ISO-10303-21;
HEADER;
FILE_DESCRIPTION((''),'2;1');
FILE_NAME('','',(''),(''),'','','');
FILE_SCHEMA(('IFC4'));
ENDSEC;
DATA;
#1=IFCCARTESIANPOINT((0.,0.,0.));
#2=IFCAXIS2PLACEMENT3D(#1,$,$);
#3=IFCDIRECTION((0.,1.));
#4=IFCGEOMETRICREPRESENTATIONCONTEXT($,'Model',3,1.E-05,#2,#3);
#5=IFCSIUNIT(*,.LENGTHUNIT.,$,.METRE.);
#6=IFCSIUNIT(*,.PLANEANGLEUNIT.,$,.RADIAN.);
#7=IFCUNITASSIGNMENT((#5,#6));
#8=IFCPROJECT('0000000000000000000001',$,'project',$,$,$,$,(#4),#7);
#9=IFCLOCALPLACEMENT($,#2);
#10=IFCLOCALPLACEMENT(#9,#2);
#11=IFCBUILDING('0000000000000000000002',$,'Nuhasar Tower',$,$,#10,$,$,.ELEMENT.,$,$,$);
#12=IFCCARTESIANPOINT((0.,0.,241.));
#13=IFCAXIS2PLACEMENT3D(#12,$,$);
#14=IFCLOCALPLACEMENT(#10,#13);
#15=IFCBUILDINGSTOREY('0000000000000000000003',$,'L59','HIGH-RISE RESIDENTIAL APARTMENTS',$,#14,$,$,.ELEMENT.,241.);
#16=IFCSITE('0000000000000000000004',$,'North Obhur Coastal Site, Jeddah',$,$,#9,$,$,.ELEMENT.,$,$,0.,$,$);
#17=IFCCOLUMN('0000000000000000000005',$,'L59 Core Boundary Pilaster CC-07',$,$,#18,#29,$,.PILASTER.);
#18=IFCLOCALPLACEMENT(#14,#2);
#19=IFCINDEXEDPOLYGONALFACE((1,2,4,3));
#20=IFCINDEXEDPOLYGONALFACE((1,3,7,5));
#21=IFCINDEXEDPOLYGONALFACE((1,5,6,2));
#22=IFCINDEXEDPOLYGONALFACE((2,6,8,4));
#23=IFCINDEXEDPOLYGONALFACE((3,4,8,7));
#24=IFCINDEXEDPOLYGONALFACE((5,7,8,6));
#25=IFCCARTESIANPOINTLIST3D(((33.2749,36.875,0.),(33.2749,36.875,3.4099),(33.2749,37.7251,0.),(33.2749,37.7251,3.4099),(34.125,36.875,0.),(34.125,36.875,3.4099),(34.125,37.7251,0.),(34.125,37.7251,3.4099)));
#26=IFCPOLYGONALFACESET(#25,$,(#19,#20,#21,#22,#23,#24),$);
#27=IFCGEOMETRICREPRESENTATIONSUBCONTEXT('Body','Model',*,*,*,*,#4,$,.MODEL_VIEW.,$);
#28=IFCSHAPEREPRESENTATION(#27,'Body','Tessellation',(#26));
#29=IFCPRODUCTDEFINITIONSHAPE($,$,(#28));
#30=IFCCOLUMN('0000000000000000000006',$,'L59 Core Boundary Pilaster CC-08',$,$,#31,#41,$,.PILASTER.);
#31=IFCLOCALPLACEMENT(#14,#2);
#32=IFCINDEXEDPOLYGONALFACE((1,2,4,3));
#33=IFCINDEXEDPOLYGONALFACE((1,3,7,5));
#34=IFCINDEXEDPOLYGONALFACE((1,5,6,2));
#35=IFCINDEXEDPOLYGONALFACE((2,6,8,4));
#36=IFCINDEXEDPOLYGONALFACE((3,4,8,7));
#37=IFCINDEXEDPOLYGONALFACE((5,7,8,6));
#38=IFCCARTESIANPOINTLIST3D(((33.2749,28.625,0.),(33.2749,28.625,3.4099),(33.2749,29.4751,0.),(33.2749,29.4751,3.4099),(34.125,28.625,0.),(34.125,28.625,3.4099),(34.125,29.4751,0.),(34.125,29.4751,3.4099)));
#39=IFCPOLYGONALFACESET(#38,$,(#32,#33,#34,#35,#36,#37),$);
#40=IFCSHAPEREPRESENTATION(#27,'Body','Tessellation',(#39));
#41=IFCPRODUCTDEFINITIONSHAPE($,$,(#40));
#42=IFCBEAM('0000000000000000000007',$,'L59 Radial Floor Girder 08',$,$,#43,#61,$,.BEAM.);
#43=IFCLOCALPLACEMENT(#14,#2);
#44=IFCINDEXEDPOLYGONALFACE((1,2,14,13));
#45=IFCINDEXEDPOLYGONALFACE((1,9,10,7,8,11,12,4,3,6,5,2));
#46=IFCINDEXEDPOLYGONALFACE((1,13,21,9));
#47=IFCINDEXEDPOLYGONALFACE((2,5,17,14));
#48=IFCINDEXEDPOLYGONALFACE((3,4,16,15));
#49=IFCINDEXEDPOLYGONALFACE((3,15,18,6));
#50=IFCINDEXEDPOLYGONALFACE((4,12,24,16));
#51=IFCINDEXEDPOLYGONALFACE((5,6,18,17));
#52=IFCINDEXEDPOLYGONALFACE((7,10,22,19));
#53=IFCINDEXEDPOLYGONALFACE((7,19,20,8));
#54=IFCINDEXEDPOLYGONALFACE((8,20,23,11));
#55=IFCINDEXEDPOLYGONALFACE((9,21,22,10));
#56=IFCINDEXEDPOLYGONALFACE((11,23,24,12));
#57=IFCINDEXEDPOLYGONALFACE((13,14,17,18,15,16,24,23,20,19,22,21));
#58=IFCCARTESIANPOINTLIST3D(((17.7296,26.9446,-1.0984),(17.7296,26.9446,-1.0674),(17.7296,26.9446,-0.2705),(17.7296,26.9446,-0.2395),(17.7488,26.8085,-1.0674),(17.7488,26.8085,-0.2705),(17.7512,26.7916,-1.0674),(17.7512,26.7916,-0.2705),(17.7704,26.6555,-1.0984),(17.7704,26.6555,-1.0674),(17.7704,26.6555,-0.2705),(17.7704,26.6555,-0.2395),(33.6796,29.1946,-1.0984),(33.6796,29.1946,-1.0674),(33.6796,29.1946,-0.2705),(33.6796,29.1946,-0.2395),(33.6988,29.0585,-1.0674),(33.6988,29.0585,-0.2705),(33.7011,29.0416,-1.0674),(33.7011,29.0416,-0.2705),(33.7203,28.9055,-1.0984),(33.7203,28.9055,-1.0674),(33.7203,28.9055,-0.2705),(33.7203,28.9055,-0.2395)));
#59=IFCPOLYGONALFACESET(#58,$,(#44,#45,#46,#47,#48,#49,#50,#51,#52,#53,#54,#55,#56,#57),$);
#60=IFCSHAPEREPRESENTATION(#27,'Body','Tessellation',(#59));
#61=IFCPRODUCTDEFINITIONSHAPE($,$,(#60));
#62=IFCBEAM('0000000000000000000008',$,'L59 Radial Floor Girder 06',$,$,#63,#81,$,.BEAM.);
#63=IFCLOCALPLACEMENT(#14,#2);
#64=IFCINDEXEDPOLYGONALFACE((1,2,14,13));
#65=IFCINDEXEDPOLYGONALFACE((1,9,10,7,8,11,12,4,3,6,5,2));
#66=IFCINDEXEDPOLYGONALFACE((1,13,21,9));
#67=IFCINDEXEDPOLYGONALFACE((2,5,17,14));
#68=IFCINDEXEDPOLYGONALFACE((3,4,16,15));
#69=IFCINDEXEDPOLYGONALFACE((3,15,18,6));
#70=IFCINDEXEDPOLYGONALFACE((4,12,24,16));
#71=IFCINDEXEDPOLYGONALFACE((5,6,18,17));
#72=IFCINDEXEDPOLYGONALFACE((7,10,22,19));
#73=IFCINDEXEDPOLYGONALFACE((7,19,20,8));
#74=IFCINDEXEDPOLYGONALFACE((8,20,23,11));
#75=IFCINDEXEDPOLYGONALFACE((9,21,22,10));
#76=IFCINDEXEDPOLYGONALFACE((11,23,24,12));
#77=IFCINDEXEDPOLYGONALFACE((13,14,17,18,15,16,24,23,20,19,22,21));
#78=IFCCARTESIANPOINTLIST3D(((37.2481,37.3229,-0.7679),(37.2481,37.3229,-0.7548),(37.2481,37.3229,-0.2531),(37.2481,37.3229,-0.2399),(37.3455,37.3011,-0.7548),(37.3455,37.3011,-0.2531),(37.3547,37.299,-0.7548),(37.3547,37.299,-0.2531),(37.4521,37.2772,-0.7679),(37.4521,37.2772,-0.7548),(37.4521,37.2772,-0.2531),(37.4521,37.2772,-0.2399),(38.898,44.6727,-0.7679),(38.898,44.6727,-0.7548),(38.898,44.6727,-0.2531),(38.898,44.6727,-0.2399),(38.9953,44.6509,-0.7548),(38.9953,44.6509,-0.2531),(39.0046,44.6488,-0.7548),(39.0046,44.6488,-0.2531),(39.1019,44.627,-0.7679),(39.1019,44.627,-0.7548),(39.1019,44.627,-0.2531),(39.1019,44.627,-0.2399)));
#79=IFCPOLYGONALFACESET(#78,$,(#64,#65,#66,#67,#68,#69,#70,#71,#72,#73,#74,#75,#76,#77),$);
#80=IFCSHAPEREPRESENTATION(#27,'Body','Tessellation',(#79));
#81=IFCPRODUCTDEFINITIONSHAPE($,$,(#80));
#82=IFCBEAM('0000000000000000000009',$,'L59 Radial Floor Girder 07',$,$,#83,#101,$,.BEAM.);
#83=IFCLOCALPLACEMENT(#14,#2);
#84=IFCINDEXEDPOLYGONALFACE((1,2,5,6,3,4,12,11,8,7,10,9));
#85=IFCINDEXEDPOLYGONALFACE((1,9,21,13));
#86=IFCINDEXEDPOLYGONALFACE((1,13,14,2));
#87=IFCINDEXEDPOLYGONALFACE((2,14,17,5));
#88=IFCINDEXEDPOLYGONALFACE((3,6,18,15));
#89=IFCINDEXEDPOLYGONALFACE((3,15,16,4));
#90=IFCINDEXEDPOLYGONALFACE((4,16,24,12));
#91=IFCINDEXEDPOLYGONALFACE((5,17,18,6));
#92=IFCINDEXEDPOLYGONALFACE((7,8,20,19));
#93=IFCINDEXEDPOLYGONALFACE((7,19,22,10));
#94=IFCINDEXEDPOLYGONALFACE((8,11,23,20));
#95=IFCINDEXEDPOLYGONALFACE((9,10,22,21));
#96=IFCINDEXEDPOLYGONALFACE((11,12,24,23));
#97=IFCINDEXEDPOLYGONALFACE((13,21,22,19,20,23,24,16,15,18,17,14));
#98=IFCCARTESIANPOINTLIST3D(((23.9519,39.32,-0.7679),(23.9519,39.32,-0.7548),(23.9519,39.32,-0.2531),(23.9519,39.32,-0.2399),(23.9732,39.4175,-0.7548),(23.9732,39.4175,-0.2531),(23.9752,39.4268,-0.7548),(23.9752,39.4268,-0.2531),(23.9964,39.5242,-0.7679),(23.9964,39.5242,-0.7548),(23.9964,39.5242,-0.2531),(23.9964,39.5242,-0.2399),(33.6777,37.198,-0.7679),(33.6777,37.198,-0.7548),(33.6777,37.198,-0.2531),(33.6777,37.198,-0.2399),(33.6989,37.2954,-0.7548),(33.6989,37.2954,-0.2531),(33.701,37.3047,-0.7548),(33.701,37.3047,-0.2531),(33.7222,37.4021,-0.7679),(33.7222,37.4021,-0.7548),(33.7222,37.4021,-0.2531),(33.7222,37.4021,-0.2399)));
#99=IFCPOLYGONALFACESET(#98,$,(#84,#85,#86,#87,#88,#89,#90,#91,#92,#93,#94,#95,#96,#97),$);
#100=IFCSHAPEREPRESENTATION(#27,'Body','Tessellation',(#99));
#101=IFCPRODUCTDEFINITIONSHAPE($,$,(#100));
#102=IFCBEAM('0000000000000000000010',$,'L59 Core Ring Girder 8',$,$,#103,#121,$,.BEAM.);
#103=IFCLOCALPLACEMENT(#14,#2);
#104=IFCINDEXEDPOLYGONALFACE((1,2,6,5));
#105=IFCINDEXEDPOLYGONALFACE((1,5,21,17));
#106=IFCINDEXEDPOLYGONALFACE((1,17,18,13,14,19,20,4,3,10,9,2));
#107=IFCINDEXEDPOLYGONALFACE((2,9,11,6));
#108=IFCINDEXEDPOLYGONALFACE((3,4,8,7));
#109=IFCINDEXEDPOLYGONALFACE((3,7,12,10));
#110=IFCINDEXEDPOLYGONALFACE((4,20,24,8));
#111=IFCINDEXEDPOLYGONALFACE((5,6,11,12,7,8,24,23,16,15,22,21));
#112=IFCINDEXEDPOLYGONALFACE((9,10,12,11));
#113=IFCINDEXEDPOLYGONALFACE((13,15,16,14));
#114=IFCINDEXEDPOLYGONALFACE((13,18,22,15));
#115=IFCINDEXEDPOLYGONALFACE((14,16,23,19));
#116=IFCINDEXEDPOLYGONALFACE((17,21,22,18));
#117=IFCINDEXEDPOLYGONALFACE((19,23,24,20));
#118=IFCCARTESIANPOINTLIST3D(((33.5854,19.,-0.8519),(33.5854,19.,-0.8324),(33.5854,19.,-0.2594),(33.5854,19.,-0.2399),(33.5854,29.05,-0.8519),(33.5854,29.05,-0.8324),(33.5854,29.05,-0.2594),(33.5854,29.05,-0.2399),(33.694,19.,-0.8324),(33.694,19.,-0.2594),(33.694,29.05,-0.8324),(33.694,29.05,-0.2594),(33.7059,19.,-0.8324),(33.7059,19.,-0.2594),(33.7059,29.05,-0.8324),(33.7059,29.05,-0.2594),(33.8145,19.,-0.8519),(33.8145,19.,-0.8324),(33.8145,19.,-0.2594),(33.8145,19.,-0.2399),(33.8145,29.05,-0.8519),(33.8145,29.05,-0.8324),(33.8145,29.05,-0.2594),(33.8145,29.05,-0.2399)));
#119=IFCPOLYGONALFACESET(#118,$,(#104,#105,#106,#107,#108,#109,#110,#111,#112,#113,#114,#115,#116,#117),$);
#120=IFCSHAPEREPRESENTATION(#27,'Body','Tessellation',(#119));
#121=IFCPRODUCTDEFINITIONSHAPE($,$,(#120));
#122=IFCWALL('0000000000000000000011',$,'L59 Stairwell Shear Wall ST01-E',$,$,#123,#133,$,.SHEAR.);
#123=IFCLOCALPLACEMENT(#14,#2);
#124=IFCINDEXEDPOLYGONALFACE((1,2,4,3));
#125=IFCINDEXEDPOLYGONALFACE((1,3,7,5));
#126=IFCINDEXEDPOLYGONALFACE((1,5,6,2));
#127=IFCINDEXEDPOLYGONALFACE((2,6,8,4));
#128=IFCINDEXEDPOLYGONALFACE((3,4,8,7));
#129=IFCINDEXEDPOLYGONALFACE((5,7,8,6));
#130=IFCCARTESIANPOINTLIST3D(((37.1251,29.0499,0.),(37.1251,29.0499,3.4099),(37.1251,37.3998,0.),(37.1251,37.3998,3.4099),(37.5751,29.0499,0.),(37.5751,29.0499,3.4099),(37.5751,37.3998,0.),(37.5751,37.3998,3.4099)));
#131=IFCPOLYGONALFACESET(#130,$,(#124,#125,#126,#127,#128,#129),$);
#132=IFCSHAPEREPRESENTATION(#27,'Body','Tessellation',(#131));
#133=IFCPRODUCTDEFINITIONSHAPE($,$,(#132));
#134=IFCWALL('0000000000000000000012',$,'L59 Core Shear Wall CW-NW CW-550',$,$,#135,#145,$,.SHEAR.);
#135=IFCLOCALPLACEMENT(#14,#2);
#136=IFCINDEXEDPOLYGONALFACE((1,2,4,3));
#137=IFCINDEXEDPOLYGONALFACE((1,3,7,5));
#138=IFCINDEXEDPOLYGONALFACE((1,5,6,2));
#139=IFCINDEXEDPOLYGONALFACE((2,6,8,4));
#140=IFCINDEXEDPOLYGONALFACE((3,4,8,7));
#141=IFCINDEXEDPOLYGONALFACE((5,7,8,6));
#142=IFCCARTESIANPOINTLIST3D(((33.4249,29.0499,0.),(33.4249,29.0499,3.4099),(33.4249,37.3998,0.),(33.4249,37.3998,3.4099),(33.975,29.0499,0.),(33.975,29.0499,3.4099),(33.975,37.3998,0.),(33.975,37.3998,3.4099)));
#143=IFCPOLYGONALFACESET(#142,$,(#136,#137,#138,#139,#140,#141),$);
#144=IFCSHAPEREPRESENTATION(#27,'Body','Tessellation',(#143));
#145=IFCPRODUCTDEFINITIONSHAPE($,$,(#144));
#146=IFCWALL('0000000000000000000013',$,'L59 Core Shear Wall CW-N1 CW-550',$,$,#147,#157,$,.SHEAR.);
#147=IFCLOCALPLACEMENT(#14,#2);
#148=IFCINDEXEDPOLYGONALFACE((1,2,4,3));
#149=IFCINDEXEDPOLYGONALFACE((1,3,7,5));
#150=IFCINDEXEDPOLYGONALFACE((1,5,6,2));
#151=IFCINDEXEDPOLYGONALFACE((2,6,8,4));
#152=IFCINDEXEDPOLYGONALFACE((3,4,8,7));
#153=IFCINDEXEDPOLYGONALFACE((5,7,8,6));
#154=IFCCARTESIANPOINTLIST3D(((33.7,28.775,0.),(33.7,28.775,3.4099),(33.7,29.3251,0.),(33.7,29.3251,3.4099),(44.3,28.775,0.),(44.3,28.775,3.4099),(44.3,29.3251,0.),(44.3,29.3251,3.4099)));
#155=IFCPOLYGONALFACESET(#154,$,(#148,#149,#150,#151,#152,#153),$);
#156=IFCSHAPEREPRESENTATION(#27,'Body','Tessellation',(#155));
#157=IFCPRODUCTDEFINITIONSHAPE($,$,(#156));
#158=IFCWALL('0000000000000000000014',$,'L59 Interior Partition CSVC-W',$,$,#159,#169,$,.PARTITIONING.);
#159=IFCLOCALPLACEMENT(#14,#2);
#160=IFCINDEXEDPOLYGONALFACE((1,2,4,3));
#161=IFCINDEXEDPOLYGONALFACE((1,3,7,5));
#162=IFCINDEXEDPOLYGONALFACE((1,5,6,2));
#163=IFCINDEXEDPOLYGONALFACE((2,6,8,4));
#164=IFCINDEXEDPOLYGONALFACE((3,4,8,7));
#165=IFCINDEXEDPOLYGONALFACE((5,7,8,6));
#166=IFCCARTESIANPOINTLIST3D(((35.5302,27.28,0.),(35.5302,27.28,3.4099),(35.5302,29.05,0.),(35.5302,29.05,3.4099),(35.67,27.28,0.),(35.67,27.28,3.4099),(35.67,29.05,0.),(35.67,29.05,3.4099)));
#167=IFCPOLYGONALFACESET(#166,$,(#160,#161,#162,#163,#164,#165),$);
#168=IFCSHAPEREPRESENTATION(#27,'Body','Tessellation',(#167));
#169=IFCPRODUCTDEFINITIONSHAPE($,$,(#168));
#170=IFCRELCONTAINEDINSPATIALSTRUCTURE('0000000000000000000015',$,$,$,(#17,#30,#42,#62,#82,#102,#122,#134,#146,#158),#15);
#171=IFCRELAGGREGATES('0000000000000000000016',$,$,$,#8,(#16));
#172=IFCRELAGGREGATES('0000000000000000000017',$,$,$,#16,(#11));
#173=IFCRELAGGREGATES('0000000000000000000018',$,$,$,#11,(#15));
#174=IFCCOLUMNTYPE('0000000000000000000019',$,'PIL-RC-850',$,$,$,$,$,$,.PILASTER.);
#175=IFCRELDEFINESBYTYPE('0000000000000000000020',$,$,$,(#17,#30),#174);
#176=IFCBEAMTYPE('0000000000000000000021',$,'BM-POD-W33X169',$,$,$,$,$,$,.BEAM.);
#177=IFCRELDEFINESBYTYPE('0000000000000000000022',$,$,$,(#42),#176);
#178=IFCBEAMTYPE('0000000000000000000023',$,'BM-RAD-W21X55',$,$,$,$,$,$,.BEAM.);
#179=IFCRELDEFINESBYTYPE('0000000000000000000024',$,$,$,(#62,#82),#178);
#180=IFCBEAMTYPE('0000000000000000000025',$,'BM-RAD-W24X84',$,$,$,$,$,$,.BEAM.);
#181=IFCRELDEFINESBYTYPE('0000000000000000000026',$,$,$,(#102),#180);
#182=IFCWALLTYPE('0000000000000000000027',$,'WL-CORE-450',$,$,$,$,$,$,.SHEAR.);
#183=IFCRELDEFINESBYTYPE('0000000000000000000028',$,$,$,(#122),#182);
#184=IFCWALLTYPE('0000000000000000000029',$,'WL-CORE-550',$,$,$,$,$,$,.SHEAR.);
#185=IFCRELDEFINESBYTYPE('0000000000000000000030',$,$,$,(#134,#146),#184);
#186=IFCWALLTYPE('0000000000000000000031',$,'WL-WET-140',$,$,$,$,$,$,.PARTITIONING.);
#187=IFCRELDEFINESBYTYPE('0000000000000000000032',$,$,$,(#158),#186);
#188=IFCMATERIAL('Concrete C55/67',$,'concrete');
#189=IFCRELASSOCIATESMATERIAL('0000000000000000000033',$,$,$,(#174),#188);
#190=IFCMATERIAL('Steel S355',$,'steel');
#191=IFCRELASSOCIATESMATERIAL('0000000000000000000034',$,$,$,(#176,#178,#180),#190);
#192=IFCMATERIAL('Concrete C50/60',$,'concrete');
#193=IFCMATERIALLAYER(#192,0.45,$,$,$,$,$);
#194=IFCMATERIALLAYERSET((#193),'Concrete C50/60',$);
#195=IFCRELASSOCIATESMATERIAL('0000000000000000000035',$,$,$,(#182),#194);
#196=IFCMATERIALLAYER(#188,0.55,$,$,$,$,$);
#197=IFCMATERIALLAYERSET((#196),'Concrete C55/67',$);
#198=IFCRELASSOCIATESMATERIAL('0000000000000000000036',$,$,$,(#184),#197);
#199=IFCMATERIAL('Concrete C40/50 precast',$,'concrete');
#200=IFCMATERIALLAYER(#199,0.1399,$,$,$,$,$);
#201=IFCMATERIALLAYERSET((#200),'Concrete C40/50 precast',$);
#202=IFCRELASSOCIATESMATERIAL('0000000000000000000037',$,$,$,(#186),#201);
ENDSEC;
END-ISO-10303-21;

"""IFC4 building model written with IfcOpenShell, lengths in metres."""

from ifc_helpers import new_model, si_unit, direction, frame, frame_2d, origin, origin_2d, place, context, subcontext, project, spatial, rectangle, i_section, extrude, material, layer, layer_set, material_profile, profile_set, type_object, element, save


model = new_model("IFC4")

# Units and contexts
model_context = context("Model", 3, precision=1e-05, world=origin(), true_north=direction((0.0, 1.0)))
body_context = subcontext(model_context, "Body", "Model", "MODEL_VIEW")
ifc_project = project(units=[si_unit("LENGTHUNIT", "METRE"), si_unit("PLANEANGLEUNIT", "RADIAN")], contexts=[model_context])

# Site, building, storey
site_placement = place(None, origin())
site = spatial("IfcSite", under=ifc_project, at=site_placement, Name="North Obhur Coastal Site, Jeddah", CompositionType="ELEMENT", RefElevation=0.0)
building_placement = place(site_placement, origin())
building = spatial("IfcBuilding", under=site, at=building_placement, Name="Nuhasar Tower", CompositionType="ELEMENT")
storey_placement = place(building_placement, frame((0.0, 0.0, 241.0)))
storey = spatial("IfcBuildingStorey", under=building, at=storey_placement, Name="L59", Description="HIGH-RISE RESIDENTIAL APARTMENTS", CompositionType="ELEMENT", Elevation=241.0)

# Columns
ifc_material_1 = material(Name="Concrete C55/67", Category="concrete")
ifc_material_profile_1 = material_profile(ifc_material_1, rectangle(XDim=0.8501, YDim=0.8501, at=origin_2d()), Name="RC850X850")
ifc_profile_set_1 = profile_set([ifc_material_profile_1], Name="Concrete C55/67")
column_type = type_object("IfcColumnType", Name="PIL-RC-850", PredefinedType="PILASTER", material=ifc_profile_set_1)
for number, where, z_axis, x_axis, name in (
    (1, (33.7, 37.3, 0.0), (0.0, 0.0, 1.0), (1.0, 0.0, 0.0), "L59 Core Boundary Pilaster CC-07"),
    (2, (33.7, 29.05, 0.0), (0.0, 0.0, 1.0), (1.0, 0.0, 0.0), "L59 Core Boundary Pilaster CC-08"),
):
    element("IfcColumn", number, at=place(storey_placement, frame(where, z_axis=z_axis, x_axis=x_axis)), inside=storey, type_object=column_type, Name=name, PredefinedType="PILASTER", context=body_context, shape_type="SweptSolid", body=[
        extrude(rectangle(XDim=0.8501, YDim=0.8501, at=origin_2d()), origin(), (0.0, 0.0, 1.0), 3.4099),
    ])

# Beams
ifc_material_2 = material(Name="Steel S355", Category="steel")
ifc_material_profile_2 = material_profile(ifc_material_2, i_section(OverallWidth=0.292, OverallDepth=0.8589, WebThickness=0.0171, FlangeThickness=0.031, at=origin_2d()), Name="W33X169")
ifc_profile_set_2 = profile_set([ifc_material_profile_2], Name="Steel S355")
beam_type_1 = type_object("IfcBeamType", Name="BM-POD-W33X169", PredefinedType="BEAM", material=ifc_profile_set_2)
beam_1_placement = place(storey_placement, frame((33.7, 29.05, -0.6689), z_axis=(-0.990196, -0.139683, 0.0), x_axis=(0.139683, -0.990196, 0.0)))
element("IfcBeam", 3, at=beam_1_placement, inside=storey, type_object=beam_type_1, Name="L59 Radial Floor Girder 08", PredefinedType="BEAM", context=body_context, shape_type="SweptSolid", body=[
    extrude(i_section(OverallWidth=0.292, OverallDepth=0.8589, WebThickness=0.0171, FlangeThickness=0.031, at=origin_2d()), origin(), (0.0, 0.0, 1.0), 16.1079),
])
ifc_material_profile_3 = material_profile(ifc_material_2, i_section(OverallWidth=0.209, OverallDepth=0.5281, WebThickness=0.0095, FlangeThickness=0.0132, at=origin_2d()), Name="W21X55")
ifc_profile_set_3 = profile_set([ifc_material_profile_3], Name="Steel S355")
beam_type_2 = type_object("IfcBeamType", Name="BM-RAD-W21X55", PredefinedType="BEAM", material=ifc_profile_set_3)
beam_2_placement = place(storey_placement, frame((37.3501, 37.3, -0.5039), z_axis=(0.21903, 0.975718, 0.0), x_axis=(-0.975718, 0.21903, 0.0)))
element("IfcBeam", 4, at=beam_2_placement, inside=storey, type_object=beam_type_2, Name="L59 Radial Floor Girder 06", PredefinedType="BEAM", context=body_context, shape_type="SweptSolid", body=[
    extrude(i_section(OverallWidth=0.209, OverallDepth=0.5281, WebThickness=0.0095, FlangeThickness=0.0132, at=origin_2d()), origin(), (0.0, 0.0, 1.0), 7.5327),
])
beam_3_placement = place(storey_placement, frame((33.7, 37.3, -0.5039), z_axis=(-0.977014, 0.213174, 0.0), x_axis=(-0.213174, -0.977014, 0.0)))
element("IfcBeam", 5, at=beam_3_placement, inside=storey, type_object=beam_type_2, Name="L59 Radial Floor Girder 07", PredefinedType="BEAM", context=body_context, shape_type="SweptSolid", body=[
    extrude(i_section(OverallWidth=0.209, OverallDepth=0.5281, WebThickness=0.0095, FlangeThickness=0.0132, at=origin_2d()), origin(), (0.0, 0.0, 1.0), 9.9546),
])
ifc_material_profile_4 = material_profile(ifc_material_2, i_section(OverallWidth=0.229, OverallDepth=0.6121, WebThickness=0.012, FlangeThickness=0.0195, at=origin_2d()), Name="W24X84")
ifc_profile_set_4 = profile_set([ifc_material_profile_4], Name="Steel S355")
beam_type_3 = type_object("IfcBeamType", Name="BM-RAD-W24X84", PredefinedType="BEAM", material=ifc_profile_set_4)
beam_4_placement = place(storey_placement, frame((33.7, 29.05, -0.5459), z_axis=(0.0, -1.0, 0.0), x_axis=(1.0, 0.0, 0.0)))
element("IfcBeam", 6, at=beam_4_placement, inside=storey, type_object=beam_type_3, Name="L59 Core Ring Girder 8", PredefinedType="BEAM", context=body_context, shape_type="SweptSolid", body=[
    extrude(i_section(OverallWidth=0.229, OverallDepth=0.6121, WebThickness=0.012, FlangeThickness=0.0195, at=origin_2d()), origin(), (0.0, 0.0, 1.0), 10.05),
])

# Walls
ifc_material_3 = material(Name="Concrete C50/60", Category="concrete")
ifc_layer_1 = layer(ifc_material_3, 0.45)
ifc_layer_set_1 = layer_set([ifc_layer_1], Name="Concrete C50/60")
wall_type_1 = type_object("IfcWallType", Name="WL-CORE-450", PredefinedType="SHEAR", material=ifc_layer_set_1)
wall_1_placement = place(storey_placement, frame((37.3501, 29.05, 0.0), z_axis=(0.0, 0.0, 1.0), x_axis=(0.0, 1.0, 0.0)))
element("IfcWall", 7, at=wall_1_placement, inside=storey, type_object=wall_type_1, Name="L59 Stairwell Shear Wall ST01-E", PredefinedType="SHEAR", context=body_context, shape_type="SweptSolid", body=[
    extrude(rectangle(XDim=8.3499, YDim=0.45, at=frame_2d((4.1748, 0.0))), origin(), (0.0, 0.0, 1.0), 3.4099),
])
ifc_layer_2 = layer(ifc_material_1, 0.55)
ifc_layer_set_2 = layer_set([ifc_layer_2], Name="Concrete C55/67")
wall_type_2 = type_object("IfcWallType", Name="WL-CORE-550", PredefinedType="SHEAR", material=ifc_layer_set_2)
wall_2_placement = place(storey_placement, frame((33.7, 29.05, 0.0), z_axis=(0.0, 0.0, 1.0), x_axis=(0.0, 1.0, 0.0)))
element("IfcWall", 8, at=wall_2_placement, inside=storey, type_object=wall_type_2, Name="L59 Core Shear Wall CW-NW CW-550", PredefinedType="SHEAR", context=body_context, shape_type="SweptSolid", body=[
    extrude(rectangle(XDim=8.3499, YDim=0.55, at=frame_2d((4.1748, 0.0))), origin(), (0.0, 0.0, 1.0), 3.4099),
])
wall_3_placement = place(storey_placement, frame((33.7, 29.05, 0.0), z_axis=(0.0, 0.0, 1.0), x_axis=(1.0, 0.0, 0.0)))
element("IfcWall", 9, at=wall_3_placement, inside=storey, type_object=wall_type_2, Name="L59 Core Shear Wall CW-N1 CW-550", PredefinedType="SHEAR", context=body_context, shape_type="SweptSolid", body=[
    extrude(rectangle(XDim=10.6001, YDim=0.55, at=frame_2d((5.3, 0.0))), origin(), (0.0, 0.0, 1.0), 3.4099),
])
ifc_material_4 = material(Name="Concrete C40/50 precast", Category="concrete")
ifc_layer_3 = layer(ifc_material_4, 0.1399)
ifc_layer_set_3 = layer_set([ifc_layer_3], Name="Concrete C40/50 precast")
wall_type_3 = type_object("IfcWallType", Name="WL-WET-140", PredefinedType="PARTITIONING", material=ifc_layer_set_3)
wall_4_placement = place(storey_placement, frame((35.6001, 27.28, 0.0), z_axis=(0.0, 0.0, 1.0), x_axis=(0.0, 1.0, 0.0)))
element("IfcWall", 10, at=wall_4_placement, inside=storey, type_object=wall_type_3, Name="L59 Interior Partition CSVC-W", PredefinedType="PARTITIONING", context=body_context, shape_type="SweptSolid", body=[
    extrude(rectangle(XDim=1.77, YDim=0.1399, at=frame_2d((0.885, 0.0))), origin(), (0.0, 0.0, 1.0), 3.4099),
])

save(model, "model.ifc")
